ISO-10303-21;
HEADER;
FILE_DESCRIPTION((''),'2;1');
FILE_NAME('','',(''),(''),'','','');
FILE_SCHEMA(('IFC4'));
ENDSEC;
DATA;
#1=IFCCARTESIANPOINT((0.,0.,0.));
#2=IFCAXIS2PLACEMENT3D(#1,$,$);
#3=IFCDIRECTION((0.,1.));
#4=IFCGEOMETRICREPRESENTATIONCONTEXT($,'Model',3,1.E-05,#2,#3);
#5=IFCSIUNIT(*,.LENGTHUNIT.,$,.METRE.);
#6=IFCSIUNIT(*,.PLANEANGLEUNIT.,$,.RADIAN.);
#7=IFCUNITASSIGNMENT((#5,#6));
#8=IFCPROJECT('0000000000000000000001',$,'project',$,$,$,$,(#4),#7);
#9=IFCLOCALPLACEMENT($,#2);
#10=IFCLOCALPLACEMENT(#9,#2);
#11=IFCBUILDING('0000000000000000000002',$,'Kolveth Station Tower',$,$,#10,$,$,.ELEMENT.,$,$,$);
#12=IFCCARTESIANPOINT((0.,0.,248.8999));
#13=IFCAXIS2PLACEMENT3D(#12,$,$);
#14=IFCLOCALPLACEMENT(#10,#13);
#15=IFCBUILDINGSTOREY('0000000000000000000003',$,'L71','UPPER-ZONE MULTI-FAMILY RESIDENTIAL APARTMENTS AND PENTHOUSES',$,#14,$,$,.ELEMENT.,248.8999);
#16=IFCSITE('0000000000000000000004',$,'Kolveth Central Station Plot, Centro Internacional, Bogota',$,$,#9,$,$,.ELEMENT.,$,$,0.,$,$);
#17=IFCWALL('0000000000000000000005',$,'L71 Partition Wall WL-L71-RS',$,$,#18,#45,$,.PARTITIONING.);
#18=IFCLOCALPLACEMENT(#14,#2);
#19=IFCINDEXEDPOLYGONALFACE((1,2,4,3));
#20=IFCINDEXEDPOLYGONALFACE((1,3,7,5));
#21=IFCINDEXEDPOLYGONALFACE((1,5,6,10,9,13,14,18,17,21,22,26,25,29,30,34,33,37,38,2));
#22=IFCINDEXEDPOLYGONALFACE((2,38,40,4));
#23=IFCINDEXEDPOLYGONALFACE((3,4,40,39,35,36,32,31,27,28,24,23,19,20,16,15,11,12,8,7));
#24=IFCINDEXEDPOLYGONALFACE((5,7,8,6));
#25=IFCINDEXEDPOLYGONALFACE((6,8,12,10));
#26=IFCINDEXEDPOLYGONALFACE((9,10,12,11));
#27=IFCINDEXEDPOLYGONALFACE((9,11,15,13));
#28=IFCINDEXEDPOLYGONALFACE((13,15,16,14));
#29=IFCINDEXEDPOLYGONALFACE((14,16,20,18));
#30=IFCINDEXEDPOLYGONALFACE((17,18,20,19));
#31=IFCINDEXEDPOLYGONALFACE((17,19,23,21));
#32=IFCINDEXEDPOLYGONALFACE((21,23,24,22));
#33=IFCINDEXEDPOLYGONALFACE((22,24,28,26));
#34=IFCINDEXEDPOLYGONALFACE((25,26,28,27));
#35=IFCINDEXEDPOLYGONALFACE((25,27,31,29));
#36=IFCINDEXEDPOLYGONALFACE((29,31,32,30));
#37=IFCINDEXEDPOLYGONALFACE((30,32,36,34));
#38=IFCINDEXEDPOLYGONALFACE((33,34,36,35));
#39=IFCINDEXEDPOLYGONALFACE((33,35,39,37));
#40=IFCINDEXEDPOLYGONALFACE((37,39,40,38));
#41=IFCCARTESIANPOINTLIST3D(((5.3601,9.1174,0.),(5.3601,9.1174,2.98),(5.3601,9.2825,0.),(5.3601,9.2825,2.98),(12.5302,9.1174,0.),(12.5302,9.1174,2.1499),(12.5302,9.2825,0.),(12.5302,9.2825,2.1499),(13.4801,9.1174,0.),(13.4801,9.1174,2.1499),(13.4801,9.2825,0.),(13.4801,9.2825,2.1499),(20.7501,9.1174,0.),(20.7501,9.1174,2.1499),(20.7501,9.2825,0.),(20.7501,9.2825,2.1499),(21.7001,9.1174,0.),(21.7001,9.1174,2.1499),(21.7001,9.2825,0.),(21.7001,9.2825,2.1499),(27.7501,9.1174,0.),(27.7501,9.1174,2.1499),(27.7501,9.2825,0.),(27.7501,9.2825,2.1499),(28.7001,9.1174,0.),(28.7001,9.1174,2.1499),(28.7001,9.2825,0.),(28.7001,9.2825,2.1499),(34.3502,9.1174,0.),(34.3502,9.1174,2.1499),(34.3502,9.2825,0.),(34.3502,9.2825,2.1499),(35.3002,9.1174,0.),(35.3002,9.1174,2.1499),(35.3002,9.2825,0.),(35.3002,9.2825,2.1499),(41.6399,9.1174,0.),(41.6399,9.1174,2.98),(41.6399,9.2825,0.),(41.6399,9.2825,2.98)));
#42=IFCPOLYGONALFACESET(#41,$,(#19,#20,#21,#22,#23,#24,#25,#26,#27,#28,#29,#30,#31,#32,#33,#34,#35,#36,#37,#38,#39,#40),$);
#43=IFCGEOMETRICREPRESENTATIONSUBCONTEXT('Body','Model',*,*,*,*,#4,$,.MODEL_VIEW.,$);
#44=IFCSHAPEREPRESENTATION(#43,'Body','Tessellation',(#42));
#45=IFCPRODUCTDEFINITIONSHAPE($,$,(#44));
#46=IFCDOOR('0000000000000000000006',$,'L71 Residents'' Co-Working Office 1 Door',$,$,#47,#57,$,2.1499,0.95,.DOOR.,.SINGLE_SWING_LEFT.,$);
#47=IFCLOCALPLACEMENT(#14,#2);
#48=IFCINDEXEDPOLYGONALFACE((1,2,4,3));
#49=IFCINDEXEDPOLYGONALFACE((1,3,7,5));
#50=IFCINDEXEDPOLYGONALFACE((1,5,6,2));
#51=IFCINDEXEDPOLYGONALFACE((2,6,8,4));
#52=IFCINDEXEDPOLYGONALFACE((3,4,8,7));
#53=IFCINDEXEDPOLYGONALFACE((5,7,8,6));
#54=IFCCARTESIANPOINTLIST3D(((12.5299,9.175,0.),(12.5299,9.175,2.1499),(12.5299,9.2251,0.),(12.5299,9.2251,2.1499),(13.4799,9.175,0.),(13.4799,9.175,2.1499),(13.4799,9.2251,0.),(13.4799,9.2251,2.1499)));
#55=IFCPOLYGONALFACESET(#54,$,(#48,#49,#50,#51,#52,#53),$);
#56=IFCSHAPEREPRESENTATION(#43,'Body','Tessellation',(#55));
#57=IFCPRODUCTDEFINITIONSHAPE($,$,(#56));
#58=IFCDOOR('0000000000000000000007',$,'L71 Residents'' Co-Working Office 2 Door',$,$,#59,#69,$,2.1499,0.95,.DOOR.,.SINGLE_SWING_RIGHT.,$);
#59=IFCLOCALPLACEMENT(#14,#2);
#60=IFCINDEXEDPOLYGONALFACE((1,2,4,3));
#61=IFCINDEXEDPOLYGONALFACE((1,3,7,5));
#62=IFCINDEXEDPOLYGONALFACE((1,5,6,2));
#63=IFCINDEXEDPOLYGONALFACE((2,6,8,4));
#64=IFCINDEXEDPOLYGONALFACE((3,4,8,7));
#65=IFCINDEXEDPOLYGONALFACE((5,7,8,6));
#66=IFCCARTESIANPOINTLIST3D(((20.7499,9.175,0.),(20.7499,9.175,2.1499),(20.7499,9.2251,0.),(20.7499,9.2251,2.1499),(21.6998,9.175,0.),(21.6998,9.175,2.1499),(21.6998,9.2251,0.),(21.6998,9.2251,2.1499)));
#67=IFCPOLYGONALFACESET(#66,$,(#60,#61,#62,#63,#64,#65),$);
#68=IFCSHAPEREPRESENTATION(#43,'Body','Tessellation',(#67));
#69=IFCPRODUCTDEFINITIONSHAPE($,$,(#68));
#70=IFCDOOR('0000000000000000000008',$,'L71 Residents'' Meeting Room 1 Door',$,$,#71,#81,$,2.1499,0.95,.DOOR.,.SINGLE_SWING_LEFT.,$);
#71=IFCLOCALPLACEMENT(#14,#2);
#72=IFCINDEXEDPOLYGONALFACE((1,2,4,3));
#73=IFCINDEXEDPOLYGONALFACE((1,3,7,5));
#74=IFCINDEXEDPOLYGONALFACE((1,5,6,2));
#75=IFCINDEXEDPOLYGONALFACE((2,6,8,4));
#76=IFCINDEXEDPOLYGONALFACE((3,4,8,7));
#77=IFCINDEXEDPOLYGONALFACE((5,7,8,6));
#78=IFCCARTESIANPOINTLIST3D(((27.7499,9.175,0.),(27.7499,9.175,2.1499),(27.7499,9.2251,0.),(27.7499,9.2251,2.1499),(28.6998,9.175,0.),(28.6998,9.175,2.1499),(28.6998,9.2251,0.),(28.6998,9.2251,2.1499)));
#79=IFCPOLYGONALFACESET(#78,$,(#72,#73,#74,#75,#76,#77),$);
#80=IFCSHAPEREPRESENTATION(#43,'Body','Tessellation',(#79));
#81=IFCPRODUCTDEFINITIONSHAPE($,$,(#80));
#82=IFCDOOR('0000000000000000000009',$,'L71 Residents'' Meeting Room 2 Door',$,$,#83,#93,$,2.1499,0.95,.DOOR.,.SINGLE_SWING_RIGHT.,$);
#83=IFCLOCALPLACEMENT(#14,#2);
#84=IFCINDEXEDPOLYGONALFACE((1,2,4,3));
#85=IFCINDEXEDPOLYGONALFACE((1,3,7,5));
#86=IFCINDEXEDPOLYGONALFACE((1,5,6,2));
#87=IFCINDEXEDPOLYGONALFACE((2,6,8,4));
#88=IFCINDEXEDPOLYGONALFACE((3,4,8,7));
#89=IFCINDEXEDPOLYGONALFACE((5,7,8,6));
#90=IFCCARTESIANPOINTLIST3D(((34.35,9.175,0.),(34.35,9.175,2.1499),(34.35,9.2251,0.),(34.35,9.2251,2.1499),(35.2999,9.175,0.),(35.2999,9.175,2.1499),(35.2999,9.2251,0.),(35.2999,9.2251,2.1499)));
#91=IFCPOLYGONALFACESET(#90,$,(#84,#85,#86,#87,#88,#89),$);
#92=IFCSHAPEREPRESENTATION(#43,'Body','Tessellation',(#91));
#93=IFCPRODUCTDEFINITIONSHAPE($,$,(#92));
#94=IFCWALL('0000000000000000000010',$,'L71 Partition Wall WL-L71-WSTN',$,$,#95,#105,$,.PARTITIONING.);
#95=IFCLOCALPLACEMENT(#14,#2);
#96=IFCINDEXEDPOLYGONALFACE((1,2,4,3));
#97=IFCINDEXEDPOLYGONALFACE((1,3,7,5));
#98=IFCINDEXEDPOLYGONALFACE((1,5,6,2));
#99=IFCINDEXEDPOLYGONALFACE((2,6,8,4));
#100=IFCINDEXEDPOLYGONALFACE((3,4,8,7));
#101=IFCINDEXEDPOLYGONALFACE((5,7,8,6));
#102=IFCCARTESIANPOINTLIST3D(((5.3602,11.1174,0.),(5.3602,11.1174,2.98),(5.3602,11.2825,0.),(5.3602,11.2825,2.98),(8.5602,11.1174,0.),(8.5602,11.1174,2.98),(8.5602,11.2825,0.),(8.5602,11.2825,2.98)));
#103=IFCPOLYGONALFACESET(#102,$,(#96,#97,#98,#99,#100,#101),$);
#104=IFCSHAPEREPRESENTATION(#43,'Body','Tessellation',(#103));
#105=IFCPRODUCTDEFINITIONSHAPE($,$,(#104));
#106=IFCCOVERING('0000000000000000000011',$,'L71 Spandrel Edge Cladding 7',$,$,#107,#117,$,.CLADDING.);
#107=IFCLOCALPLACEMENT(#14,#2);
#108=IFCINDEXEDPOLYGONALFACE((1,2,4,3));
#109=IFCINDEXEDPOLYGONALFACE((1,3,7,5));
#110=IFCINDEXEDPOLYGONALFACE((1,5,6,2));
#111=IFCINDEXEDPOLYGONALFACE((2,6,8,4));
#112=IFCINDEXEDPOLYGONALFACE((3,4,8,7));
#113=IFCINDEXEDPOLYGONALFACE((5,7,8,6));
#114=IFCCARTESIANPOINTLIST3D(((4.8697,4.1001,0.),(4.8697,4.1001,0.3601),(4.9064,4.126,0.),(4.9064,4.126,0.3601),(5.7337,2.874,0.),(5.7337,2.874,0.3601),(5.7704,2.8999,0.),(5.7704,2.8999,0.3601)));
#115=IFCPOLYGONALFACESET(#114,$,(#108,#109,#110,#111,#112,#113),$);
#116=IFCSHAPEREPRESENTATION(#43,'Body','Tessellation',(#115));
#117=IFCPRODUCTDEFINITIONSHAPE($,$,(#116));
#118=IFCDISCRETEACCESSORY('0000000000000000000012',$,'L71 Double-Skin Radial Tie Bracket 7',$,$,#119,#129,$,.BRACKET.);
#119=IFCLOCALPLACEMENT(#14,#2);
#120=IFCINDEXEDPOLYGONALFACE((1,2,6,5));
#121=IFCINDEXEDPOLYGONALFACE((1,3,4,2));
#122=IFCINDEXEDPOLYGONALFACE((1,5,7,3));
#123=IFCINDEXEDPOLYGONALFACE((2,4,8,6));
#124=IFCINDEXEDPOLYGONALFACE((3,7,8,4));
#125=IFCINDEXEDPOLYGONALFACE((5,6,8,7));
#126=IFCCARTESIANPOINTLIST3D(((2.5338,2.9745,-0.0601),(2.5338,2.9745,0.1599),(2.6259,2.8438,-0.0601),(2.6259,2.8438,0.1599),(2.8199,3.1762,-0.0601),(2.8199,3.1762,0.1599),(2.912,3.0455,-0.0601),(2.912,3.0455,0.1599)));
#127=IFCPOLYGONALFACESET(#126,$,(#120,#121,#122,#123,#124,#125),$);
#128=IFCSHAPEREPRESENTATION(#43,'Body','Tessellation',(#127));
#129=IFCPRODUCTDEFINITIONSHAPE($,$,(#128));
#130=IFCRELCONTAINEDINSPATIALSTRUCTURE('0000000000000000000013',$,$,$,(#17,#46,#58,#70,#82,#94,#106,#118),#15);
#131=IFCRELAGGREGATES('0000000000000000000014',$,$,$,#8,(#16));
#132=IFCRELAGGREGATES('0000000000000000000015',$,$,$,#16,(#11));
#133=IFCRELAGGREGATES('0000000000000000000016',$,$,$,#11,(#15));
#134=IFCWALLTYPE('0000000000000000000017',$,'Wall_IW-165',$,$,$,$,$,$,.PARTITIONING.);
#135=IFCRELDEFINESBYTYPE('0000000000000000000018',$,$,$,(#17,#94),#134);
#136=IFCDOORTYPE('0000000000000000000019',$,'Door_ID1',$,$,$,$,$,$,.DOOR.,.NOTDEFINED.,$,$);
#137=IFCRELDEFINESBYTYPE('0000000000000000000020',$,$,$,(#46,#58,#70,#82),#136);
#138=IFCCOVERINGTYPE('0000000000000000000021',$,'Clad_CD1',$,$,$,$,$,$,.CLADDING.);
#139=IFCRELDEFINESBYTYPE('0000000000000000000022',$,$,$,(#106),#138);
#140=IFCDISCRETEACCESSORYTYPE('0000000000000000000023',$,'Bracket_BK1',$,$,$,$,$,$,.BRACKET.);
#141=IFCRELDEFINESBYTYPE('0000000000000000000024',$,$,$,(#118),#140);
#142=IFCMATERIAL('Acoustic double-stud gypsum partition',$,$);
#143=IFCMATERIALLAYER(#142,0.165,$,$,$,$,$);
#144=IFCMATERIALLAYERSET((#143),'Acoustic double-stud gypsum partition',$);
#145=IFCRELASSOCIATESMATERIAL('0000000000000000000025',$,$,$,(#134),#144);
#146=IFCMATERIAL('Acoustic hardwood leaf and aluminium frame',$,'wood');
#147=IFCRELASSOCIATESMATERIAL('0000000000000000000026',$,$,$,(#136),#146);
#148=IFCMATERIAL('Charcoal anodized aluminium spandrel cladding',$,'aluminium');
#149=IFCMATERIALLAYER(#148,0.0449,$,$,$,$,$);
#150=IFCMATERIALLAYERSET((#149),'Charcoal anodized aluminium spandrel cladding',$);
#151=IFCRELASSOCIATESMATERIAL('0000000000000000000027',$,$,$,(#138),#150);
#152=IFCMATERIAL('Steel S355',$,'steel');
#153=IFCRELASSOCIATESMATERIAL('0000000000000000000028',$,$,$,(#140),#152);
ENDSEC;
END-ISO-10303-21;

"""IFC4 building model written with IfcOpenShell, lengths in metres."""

from ifc_helpers import new_model, si_unit, direction, frame, frame_2d, origin, origin_2d, place, context, subcontext, project, spatial, rectangle, extrude, source, transform, mapped, material, layer, layer_set, type_object, element, fill, save


model = new_model("IFC4")

# Units and contexts
model_context = context("Model", 3, precision=1e-05, world=origin(), true_north=direction((0.0, 1.0)))
body_context = subcontext(model_context, "Body", "Model", "MODEL_VIEW")
ifc_project = project(units=[si_unit("LENGTHUNIT", "METRE"), si_unit("PLANEANGLEUNIT", "RADIAN")], contexts=[model_context])

# Site, building, storey
site_placement = place(None, origin())
site = spatial("IfcSite", under=ifc_project, at=site_placement, Name="Kolveth Central Station Plot, Centro Internacional, Bogota", CompositionType="ELEMENT", RefElevation=0.0)
building_placement = place(site_placement, origin())
building = spatial("IfcBuilding", under=site, at=building_placement, Name="Kolveth Station Tower", CompositionType="ELEMENT")
storey_placement = place(building_placement, frame((0.0, 0.0, 248.8999)))
storey = spatial("IfcBuildingStorey", under=building, at=storey_placement, Name="L71", Description="UPPER-ZONE MULTI-FAMILY RESIDENTIAL APARTMENTS AND PENTHOUSES", CompositionType="ELEMENT", Elevation=248.8999)

# Shared definitions
ifc_material_1 = material(Name="Steel S355", Category="steel")

# Wall, openings, doors
ifc_material_2 = material(Name="Acoustic double-stud gypsum partition")
ifc_layer_1 = layer(ifc_material_2, 0.165)
ifc_layer_set_1 = layer_set([ifc_layer_1], Name="Acoustic double-stud gypsum partition")
wall_type = type_object("IfcWallType", Name="Wall_IW-165", PredefinedType="PARTITIONING", material=ifc_layer_set_1)
wall_1_placement = place(storey_placement, frame((5.3601, 9.2, 0.0), z_axis=(0.0, 0.0, 1.0), x_axis=(1.0, 0.0, 0.0)))
wall_1 = element("IfcWall", 1, at=wall_1_placement, inside=storey, type_object=wall_type, Name="L71 Partition Wall WL-L71-RS", PredefinedType="PARTITIONING", context=body_context, shape_type="SweptSolid", body=[
    extrude(rectangle(XDim=36.2798, YDim=0.165, at=frame_2d((18.1399, 0.0))), origin(), (0.0, 0.0, 1.0), 2.98),
])
opening_1_placement = place(wall_1_placement, frame((7.1699, 0.0, 0.0)))
opening_1 = element("IfcOpeningElement", 2, at=opening_1_placement, cuts=wall_1, PredefinedType="OPENING", context=body_context, shape_type="SweptSolid", body=[
    extrude(rectangle(XDim=0.95, YDim=2.1499, at=frame_2d((0.4751, 1.075))), frame((0.0, 0.0925, 0.0), z_axis=(0.0, -1.0, 0.0), x_axis=(1.0, 0.0, 0.0)), (0.0, 0.0, 1.0), 0.1851),
])
opening_2_placement = place(wall_1_placement, frame((15.3899, 0.0, 0.0)))
opening_2 = element("IfcOpeningElement", 3, at=opening_2_placement, cuts=wall_1, PredefinedType="OPENING", context=body_context, shape_type="SweptSolid", body=[
    extrude(rectangle(XDim=0.95, YDim=2.1499, at=frame_2d((0.4751, 1.075))), frame((0.0, 0.0925, 0.0), z_axis=(0.0, -1.0, 0.0), x_axis=(1.0, 0.0, 0.0)), (0.0, 0.0, 1.0), 0.1851),
])
opening_3_placement = place(wall_1_placement, frame((22.3899, 0.0, 0.0)))
opening_3 = element("IfcOpeningElement", 4, at=opening_3_placement, cuts=wall_1, PredefinedType="OPENING", context=body_context, shape_type="SweptSolid", body=[
    extrude(rectangle(XDim=0.95, YDim=2.1499, at=frame_2d((0.4751, 1.075))), frame((0.0, 0.0925, 0.0), z_axis=(0.0, -1.0, 0.0), x_axis=(1.0, 0.0, 0.0)), (0.0, 0.0, 1.0), 0.1851),
])
opening_4_placement = place(wall_1_placement, frame((28.99, 0.0, 0.0)))
opening_4 = element("IfcOpeningElement", 5, at=opening_4_placement, cuts=wall_1, PredefinedType="OPENING", context=body_context, shape_type="SweptSolid", body=[
    extrude(rectangle(XDim=0.95, YDim=2.1499, at=frame_2d((0.4751, 1.075))), frame((0.0, 0.0925, 0.0), z_axis=(0.0, -1.0, 0.0), x_axis=(1.0, 0.0, 0.0)), (0.0, 0.0, 1.0), 0.1851),
])
ifc_material_3 = material(Name="Acoustic hardwood leaf and aluminium frame", Category="wood")
door_type = type_object("IfcDoorType", Name="Door_ID1", OperationType="NOTDEFINED", PredefinedType="DOOR", material=ifc_material_3)
door_1_placement = place(opening_1_placement, frame((0.95, 0.0, 0.0), z_axis=(0.0, 0.0, 1.0), x_axis=(-1.0, 0.0, 0.0)))
door_1 = element("IfcDoor", 6, at=door_1_placement, inside=storey, type_object=door_type, Name="L71 Residents' Co-Working Office 1 Door", OperationType="SINGLE_SWING_LEFT", OverallHeight=2.1499, OverallWidth=0.95, PredefinedType="DOOR", context=body_context, shape_type="SweptSolid", body=[
    extrude(rectangle(XDim=0.95, YDim=2.1499, at=frame_2d((0.4751, 1.075))), frame((0.0, 0.0249, 0.0), z_axis=(0.0, -1.0, 0.0), x_axis=(1.0, 0.0, 0.0)), (0.0, 0.0, 1.0), 0.05),
])
fill(opening_1, door_1)
door_2_placement = place(opening_2_placement, frame((0.95, 0.0, 0.0), z_axis=(0.0, 0.0, 1.0), x_axis=(-1.0, 0.0, 0.0)))
door_2 = element("IfcDoor", 7, at=door_2_placement, inside=storey, type_object=door_type, Name="L71 Residents' Co-Working Office 2 Door", OperationType="SINGLE_SWING_RIGHT", OverallHeight=2.1499, OverallWidth=0.95, PredefinedType="DOOR", context=body_context, shape_type="SweptSolid", body=[
    extrude(rectangle(XDim=0.95, YDim=2.1499, at=frame_2d((0.4751, 1.075))), frame((0.0, 0.0249, 0.0), z_axis=(0.0, -1.0, 0.0), x_axis=(1.0, 0.0, 0.0)), (0.0, 0.0, 1.0), 0.05),
])
fill(opening_2, door_2)
door_3_placement = place(opening_3_placement, frame((0.95, 0.0, 0.0), z_axis=(0.0, 0.0, 1.0), x_axis=(-1.0, 0.0, 0.0)))
door_3 = element("IfcDoor", 8, at=door_3_placement, inside=storey, type_object=door_type, Name="L71 Residents' Meeting Room 1 Door", OperationType="SINGLE_SWING_LEFT", OverallHeight=2.1499, OverallWidth=0.95, PredefinedType="DOOR", context=body_context, shape_type="SweptSolid", body=[
    extrude(rectangle(XDim=0.95, YDim=2.1499, at=frame_2d((0.4751, 1.075))), frame((0.0, 0.0249, 0.0), z_axis=(0.0, -1.0, 0.0), x_axis=(1.0, 0.0, 0.0)), (0.0, 0.0, 1.0), 0.05),
])
fill(opening_3, door_3)
door_4_placement = place(opening_4_placement, frame((0.95, 0.0, 0.0), z_axis=(0.0, 0.0, 1.0), x_axis=(-1.0, 0.0, 0.0)))
door_4 = element("IfcDoor", 9, at=door_4_placement, inside=storey, type_object=door_type, Name="L71 Residents' Meeting Room 2 Door", OperationType="SINGLE_SWING_RIGHT", OverallHeight=2.1499, OverallWidth=0.95, PredefinedType="DOOR", context=body_context, shape_type="SweptSolid", body=[
    extrude(rectangle(XDim=0.95, YDim=2.1499, at=frame_2d((0.4751, 1.075))), frame((0.0, 0.0249, 0.0), z_axis=(0.0, -1.0, 0.0), x_axis=(1.0, 0.0, 0.0)), (0.0, 0.0, 1.0), 0.05),
])
fill(opening_4, door_4)

# Wall
wall_2_placement = place(storey_placement, frame((5.3601, 11.2, 0.0), z_axis=(0.0, 0.0, 1.0), x_axis=(1.0, 0.0, 0.0)))
element("IfcWall", 10, at=wall_2_placement, inside=storey, type_object=wall_type, Name="L71 Partition Wall WL-L71-WSTN", PredefinedType="PARTITIONING", context=body_context, shape_type="SweptSolid", body=[
    extrude(rectangle(XDim=3.2, YDim=0.165, at=frame_2d((1.6001, 0.0))), origin(), (0.0, 0.0, 1.0), 2.98),
])

# Covering
ifc_material_4 = material(Name="Charcoal anodized aluminium spandrel cladding", Category="aluminium")
ifc_layer_2 = layer(ifc_material_4, 0.0449)
ifc_layer_set_2 = layer_set([ifc_layer_2], Name="Charcoal anodized aluminium spandrel cladding")
covering_type = type_object("IfcCoveringType", Name="Clad_CD1", PredefinedType="CLADDING", material=ifc_layer_set_2)
shared_shape_1 = source(origin(), body_context, "Body", "SweptSolid", [
    extrude(rectangle(XDim=1.5, YDim=0.0449, at=origin_2d()), origin(), (0.0, 0.0, 1.0), 0.3601),
])
covering_placement = place(storey_placement, frame((5.3201, 3.5, 0.0), z_axis=(0.0, 0.0, 1.0), x_axis=(0.576004, -0.817447, 0.0)))
element("IfcCovering", 11, at=covering_placement, inside=storey, type_object=covering_type, Name="L71 Spandrel Edge Cladding 7", PredefinedType="CLADDING", context=body_context, shape_type="MappedRepresentation", body=[
    mapped(shared_shape_1, transform((0.0, 0.0, 0.0), x_axis=(1.0, 0.0, 0.0), y_axis=(0.0, 1.0, 0.0), z_axis=(0.0, 0.0, 1.0), scale=1.0)),
])

# Discrete accessory
discrete_accessory_type = type_object("IfcDiscreteAccessoryType", Name="Bracket_BK1", PredefinedType="BRACKET", material=ifc_material_1)
shared_shape_2 = source(origin(), body_context, "Body", "SweptSolid", [
    extrude(rectangle(XDim=0.3501, YDim=0.1599, at=origin_2d()), origin(), (0.0, 0.0, 1.0), 0.22),
])
discrete_accessory_placement = place(storey_placement, frame((2.7229, 3.01, -0.0601), z_axis=(0.0, 0.0, 1.0), x_axis=(-0.817447, -0.576004, 0.0)))
element("IfcDiscreteAccessory", 12, at=discrete_accessory_placement, inside=storey, type_object=discrete_accessory_type, Name="L71 Double-Skin Radial Tie Bracket 7", PredefinedType="BRACKET", context=body_context, shape_type="MappedRepresentation", body=[
    mapped(shared_shape_2, transform((0.0, 0.0, 0.0), x_axis=(1.0, 0.0, 0.0), y_axis=(0.0, 1.0, 0.0), z_axis=(0.0, 0.0, 1.0), scale=1.0)),
])

save(model, "model.ifc")
